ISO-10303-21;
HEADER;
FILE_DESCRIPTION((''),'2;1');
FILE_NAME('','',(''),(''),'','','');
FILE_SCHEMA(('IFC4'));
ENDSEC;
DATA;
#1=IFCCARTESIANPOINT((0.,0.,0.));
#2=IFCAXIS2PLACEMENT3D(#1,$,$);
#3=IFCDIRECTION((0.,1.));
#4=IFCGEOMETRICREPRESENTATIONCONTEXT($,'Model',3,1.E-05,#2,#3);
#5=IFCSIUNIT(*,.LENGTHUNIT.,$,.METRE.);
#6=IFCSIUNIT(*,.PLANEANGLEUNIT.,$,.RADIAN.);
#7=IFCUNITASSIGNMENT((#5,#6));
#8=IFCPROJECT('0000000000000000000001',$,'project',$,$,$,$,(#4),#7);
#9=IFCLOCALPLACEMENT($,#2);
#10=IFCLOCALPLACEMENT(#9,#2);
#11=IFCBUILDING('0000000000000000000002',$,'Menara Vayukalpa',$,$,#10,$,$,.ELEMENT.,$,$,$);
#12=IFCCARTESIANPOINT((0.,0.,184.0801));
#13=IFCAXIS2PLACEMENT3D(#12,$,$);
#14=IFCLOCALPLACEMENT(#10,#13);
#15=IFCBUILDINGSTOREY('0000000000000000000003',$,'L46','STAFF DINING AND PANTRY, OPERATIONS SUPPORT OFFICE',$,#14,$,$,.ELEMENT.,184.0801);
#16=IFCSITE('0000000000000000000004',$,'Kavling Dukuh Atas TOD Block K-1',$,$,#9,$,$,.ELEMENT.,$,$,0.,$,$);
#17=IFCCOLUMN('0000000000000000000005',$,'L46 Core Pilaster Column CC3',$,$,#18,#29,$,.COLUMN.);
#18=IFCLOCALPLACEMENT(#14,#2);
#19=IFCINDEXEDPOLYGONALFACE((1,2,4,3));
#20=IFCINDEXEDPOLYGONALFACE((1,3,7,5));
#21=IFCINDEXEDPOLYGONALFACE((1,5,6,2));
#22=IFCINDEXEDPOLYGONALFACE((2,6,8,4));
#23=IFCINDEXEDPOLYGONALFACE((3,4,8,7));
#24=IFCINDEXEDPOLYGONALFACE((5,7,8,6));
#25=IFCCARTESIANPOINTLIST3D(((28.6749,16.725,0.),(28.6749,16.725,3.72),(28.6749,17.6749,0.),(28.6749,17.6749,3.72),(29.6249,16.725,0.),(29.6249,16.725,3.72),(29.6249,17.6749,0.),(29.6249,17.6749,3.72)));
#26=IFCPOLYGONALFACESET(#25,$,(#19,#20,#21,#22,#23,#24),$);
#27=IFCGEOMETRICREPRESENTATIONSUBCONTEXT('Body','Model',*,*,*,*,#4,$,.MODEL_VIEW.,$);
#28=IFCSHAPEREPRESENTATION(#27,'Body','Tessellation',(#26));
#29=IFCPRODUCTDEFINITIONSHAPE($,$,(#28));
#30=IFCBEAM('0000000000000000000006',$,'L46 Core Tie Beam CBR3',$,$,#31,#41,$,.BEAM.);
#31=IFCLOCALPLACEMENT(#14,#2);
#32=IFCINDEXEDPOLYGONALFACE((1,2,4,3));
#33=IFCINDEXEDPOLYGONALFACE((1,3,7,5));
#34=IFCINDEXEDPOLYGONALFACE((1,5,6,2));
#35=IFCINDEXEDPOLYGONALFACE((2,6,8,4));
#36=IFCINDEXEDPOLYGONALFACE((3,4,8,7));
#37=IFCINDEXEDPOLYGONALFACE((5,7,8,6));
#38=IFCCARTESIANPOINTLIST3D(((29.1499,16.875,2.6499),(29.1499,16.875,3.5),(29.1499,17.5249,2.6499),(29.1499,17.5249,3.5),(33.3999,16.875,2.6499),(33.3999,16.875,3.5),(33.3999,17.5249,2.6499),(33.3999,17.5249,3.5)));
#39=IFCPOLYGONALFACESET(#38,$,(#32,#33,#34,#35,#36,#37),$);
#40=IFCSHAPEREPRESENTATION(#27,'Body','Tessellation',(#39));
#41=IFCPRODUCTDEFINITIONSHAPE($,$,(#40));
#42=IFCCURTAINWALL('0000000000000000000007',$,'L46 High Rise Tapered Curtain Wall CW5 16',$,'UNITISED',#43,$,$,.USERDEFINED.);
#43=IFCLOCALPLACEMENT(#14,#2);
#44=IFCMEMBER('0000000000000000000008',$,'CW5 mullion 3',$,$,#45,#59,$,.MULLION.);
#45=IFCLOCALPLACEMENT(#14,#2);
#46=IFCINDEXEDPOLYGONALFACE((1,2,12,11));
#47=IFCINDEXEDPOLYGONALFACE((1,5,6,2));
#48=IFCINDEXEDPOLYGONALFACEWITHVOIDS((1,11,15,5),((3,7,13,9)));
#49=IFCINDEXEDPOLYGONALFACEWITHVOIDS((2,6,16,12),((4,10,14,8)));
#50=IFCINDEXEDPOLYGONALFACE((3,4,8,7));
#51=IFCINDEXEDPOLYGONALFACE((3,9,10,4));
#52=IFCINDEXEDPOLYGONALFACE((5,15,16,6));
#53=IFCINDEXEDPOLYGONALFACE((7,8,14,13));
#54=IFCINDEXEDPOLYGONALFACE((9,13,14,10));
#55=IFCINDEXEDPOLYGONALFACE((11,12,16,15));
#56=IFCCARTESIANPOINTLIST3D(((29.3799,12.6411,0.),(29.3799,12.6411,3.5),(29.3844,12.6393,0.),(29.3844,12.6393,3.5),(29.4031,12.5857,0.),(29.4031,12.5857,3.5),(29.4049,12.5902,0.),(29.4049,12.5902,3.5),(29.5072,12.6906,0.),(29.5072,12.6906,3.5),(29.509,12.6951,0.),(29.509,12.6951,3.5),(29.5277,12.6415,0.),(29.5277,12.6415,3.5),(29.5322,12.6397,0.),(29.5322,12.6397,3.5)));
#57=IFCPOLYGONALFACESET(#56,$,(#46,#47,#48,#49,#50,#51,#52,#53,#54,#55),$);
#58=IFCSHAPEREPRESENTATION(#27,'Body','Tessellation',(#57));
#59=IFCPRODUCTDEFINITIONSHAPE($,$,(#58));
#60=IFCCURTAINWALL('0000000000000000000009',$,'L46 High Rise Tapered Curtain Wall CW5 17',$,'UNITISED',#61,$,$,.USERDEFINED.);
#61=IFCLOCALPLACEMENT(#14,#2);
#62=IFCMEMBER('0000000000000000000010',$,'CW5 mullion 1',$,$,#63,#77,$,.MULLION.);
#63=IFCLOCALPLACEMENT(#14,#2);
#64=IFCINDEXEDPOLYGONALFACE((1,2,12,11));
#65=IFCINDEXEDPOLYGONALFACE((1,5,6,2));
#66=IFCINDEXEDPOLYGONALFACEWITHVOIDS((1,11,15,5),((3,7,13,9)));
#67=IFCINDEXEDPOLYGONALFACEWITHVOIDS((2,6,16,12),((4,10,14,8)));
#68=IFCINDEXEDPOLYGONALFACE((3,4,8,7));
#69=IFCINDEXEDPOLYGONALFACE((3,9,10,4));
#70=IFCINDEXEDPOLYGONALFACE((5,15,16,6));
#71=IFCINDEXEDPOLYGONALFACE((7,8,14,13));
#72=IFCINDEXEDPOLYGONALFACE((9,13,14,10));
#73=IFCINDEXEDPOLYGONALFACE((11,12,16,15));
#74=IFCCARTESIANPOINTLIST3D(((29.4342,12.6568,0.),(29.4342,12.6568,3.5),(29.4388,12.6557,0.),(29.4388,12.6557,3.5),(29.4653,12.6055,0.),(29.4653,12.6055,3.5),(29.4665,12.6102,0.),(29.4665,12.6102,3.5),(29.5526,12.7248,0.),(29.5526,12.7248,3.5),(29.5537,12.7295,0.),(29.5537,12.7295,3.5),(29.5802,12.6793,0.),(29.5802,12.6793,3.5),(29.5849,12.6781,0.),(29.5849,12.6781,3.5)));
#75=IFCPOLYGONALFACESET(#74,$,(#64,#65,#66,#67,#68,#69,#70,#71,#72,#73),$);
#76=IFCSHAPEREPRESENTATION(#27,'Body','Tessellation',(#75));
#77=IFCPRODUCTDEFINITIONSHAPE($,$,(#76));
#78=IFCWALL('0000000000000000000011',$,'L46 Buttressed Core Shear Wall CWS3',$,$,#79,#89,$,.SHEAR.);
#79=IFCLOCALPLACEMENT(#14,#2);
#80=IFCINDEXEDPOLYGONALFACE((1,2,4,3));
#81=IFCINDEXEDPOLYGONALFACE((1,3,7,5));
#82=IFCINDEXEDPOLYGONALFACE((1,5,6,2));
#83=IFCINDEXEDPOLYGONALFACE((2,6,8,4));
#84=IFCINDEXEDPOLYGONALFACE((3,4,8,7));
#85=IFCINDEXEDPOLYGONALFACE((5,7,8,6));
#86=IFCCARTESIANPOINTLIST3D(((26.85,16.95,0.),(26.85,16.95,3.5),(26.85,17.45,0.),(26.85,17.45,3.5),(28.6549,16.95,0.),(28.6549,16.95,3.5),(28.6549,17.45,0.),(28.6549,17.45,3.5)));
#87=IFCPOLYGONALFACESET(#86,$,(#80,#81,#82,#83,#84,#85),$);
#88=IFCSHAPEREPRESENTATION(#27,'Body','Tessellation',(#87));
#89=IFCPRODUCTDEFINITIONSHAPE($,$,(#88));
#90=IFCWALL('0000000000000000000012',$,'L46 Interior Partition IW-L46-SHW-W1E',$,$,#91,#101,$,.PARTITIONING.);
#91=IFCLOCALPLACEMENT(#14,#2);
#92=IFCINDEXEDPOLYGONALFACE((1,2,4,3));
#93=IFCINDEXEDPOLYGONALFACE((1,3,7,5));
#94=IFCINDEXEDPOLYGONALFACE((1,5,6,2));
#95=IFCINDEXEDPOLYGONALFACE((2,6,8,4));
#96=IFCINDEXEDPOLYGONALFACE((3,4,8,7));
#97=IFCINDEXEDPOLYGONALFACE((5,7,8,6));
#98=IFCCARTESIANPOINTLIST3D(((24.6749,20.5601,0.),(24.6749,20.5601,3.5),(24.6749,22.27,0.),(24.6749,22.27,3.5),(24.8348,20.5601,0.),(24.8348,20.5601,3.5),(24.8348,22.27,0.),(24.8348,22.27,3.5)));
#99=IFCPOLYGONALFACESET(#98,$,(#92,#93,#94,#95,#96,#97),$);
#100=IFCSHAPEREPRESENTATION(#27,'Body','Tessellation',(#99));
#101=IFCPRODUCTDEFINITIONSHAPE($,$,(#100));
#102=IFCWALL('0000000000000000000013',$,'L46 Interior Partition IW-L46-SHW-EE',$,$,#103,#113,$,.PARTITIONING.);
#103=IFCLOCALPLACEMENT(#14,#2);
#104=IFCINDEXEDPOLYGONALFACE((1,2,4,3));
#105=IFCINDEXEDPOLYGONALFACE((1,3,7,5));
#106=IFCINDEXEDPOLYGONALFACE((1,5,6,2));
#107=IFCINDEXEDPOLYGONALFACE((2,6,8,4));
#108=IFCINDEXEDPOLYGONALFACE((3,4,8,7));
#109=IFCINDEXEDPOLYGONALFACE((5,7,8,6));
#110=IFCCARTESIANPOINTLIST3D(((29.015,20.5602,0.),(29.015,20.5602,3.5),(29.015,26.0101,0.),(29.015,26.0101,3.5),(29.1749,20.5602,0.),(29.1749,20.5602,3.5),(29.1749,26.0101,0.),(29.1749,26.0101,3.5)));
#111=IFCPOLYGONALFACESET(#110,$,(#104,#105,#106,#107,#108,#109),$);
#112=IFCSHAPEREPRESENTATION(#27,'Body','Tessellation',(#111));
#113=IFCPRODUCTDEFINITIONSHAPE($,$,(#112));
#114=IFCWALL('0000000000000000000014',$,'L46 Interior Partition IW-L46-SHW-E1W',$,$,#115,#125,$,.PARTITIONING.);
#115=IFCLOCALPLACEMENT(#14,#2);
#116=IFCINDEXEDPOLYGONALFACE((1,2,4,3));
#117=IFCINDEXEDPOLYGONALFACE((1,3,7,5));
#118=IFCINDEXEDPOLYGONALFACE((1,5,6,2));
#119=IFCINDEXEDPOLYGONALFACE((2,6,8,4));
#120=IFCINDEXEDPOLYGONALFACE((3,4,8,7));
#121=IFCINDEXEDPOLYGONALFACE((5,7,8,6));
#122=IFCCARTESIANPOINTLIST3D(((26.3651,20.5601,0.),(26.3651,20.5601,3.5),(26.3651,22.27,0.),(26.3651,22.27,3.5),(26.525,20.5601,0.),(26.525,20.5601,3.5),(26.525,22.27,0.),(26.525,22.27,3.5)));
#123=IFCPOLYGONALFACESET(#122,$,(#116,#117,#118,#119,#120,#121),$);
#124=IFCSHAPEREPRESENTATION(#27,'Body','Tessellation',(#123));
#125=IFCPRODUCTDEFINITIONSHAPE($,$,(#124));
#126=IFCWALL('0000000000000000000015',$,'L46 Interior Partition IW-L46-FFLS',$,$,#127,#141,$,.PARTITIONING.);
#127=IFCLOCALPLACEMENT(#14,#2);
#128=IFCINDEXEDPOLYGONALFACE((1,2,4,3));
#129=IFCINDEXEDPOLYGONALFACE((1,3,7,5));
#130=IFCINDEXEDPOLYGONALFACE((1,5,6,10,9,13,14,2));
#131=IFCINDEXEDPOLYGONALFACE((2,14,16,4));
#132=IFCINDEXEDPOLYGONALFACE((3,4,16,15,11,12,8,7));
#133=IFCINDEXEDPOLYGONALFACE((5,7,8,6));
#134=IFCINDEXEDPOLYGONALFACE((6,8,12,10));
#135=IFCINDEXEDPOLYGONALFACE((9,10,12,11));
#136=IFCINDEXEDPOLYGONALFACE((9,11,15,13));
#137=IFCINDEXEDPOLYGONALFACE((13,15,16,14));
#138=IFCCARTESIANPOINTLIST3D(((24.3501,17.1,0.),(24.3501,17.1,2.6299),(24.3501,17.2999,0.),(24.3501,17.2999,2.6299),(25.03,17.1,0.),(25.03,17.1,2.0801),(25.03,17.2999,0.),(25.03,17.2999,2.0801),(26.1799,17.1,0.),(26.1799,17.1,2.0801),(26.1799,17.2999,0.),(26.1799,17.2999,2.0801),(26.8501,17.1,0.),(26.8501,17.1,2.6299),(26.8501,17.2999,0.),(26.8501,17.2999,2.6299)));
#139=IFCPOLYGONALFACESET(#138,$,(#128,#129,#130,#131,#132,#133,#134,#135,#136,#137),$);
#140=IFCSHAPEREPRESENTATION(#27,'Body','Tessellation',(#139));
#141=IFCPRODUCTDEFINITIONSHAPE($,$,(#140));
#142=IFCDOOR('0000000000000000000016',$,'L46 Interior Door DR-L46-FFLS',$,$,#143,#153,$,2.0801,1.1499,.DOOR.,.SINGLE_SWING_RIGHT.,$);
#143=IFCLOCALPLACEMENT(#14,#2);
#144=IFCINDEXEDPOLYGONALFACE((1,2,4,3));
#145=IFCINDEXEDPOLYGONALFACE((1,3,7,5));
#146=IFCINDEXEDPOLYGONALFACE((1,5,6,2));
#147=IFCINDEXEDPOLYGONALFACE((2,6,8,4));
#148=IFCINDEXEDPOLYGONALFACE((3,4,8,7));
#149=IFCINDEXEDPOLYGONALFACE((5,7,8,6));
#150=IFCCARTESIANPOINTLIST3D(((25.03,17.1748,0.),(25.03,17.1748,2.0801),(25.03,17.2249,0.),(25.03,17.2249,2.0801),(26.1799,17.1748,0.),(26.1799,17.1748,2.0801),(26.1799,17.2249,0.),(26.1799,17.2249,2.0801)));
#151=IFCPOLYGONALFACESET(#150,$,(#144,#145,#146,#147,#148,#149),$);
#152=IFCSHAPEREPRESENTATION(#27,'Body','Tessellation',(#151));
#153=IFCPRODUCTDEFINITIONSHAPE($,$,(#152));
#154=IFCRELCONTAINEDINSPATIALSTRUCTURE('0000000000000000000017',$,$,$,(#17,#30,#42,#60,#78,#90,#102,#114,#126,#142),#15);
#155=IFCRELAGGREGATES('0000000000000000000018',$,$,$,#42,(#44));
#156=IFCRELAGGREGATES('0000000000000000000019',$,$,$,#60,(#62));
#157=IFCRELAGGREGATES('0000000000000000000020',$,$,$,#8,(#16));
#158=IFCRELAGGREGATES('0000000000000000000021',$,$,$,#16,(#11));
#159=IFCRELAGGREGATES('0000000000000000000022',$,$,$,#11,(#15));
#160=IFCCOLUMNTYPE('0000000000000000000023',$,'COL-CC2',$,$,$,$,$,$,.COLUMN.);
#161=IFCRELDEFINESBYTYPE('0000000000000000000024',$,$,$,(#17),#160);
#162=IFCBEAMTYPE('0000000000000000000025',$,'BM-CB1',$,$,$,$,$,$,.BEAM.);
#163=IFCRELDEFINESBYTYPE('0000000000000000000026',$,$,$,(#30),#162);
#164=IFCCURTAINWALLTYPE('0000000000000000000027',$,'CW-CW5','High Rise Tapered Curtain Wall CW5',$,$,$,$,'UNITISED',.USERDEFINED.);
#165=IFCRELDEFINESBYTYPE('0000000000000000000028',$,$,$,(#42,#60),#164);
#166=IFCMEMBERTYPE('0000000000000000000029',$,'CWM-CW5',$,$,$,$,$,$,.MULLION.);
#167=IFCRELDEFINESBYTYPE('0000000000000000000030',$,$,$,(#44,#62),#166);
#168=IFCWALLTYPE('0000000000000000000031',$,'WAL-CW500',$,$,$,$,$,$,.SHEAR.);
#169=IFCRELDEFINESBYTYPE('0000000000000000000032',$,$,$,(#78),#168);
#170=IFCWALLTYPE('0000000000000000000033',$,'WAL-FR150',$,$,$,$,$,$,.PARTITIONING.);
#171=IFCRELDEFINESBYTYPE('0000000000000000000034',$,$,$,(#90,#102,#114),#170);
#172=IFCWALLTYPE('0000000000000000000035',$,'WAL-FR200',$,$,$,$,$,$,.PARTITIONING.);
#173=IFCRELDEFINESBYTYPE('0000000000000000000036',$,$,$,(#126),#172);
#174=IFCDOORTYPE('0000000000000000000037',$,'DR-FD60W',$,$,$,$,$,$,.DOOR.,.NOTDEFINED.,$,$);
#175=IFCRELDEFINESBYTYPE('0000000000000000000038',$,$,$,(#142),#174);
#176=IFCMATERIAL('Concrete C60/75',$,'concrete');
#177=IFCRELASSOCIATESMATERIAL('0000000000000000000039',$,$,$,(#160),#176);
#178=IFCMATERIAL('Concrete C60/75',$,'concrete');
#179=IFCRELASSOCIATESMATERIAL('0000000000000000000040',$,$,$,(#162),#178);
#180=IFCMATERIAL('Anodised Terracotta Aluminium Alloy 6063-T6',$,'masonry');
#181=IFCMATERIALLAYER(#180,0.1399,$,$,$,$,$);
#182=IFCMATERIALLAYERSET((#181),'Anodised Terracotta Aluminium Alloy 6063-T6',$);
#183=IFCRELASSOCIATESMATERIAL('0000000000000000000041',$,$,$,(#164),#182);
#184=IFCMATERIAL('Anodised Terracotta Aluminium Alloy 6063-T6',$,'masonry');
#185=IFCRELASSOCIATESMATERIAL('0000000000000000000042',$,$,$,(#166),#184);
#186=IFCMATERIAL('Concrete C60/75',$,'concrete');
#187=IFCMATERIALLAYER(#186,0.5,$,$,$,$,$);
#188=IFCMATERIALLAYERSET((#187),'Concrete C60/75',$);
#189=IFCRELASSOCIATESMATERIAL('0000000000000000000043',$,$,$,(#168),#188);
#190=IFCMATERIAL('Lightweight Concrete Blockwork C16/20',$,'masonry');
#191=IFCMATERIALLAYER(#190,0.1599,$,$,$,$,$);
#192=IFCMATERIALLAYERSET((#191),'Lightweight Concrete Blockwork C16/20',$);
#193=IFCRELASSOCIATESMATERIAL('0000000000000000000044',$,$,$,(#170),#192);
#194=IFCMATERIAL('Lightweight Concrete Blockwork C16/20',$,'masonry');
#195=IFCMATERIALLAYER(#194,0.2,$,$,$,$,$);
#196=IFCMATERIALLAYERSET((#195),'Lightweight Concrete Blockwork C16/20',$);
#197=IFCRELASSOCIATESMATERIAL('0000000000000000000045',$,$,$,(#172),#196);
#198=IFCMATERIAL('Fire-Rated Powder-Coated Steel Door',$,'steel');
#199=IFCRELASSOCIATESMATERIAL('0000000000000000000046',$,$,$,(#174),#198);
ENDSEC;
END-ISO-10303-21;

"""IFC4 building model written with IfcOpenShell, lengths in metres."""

from ifc_helpers import new_model, si_unit, direction, frame, frame_2d, origin, origin_2d, place, context, subcontext, project, spatial, rectangle, hollow_rectangle, extrude, material, layer, layer_set, material_profile, profile_set, type_object, element, fill, aggregate, save


model = new_model("IFC4")

# Units and contexts
model_context = context("Model", 3, precision=1e-05, world=origin(), true_north=direction((0.0, 1.0)))
body_context = subcontext(model_context, "Body", "Model", "MODEL_VIEW")
ifc_project = project(units=[si_unit("LENGTHUNIT", "METRE"), si_unit("PLANEANGLEUNIT", "RADIAN")], contexts=[model_context])

# Site, building, storey
site_placement = place(None, origin())
site = spatial("IfcSite", under=ifc_project, at=site_placement, Name="Kavling Dukuh Atas TOD Block K-1", CompositionType="ELEMENT", RefElevation=0.0)
building_placement = place(site_placement, origin())
building = spatial("IfcBuilding", under=site, at=building_placement, Name="Menara Vayukalpa", CompositionType="ELEMENT")
storey_placement = place(building_placement, frame((0.0, 0.0, 184.0801)))
storey = spatial("IfcBuildingStorey", under=building, at=storey_placement, Name="L46", Description="STAFF DINING AND PANTRY, OPERATIONS SUPPORT OFFICE", CompositionType="ELEMENT", Elevation=184.0801)

# Column
ifc_material_1 = material(Name="Concrete C60/75", Category="concrete")
ifc_material_profile_1 = material_profile(ifc_material_1, rectangle(XDim=0.95, YDim=0.95, at=origin_2d()), Name="RC 950x950")
ifc_profile_set_1 = profile_set([ifc_material_profile_1], Name="Concrete C60/75")
column_type = type_object("IfcColumnType", Name="COL-CC2", PredefinedType="COLUMN", material=ifc_profile_set_1)
column_placement = place(storey_placement, frame((29.1499, 17.2, 0.0), z_axis=(0.0, 0.0, 1.0), x_axis=(1.0, 0.0, 0.0)))
element("IfcColumn", 1, at=column_placement, inside=storey, type_object=column_type, Name="L46 Core Pilaster Column CC3", PredefinedType="COLUMN", context=body_context, shape_type="SweptSolid", body=[
    extrude(rectangle(XDim=0.95, YDim=0.95, at=origin_2d()), origin(), (0.0, 0.0, 1.0), 3.72),
])

# Beam
ifc_material_2 = material(Name="Concrete C60/75", Category="concrete")
ifc_material_profile_2 = material_profile(ifc_material_2, rectangle(XDim=0.6499, YDim=0.8501, at=origin_2d()), Name="RC 650x850")
ifc_profile_set_2 = profile_set([ifc_material_profile_2], Name="Concrete C60/75")
beam_type = type_object("IfcBeamType", Name="BM-CB1", PredefinedType="BEAM", material=ifc_profile_set_2)
beam_placement = place(storey_placement, frame((29.1499, 17.2, 3.075), z_axis=(1.0, 0.0, 0.0), x_axis=(0.0, 1.0, 0.0)))
element("IfcBeam", 2, at=beam_placement, inside=storey, type_object=beam_type, Name="L46 Core Tie Beam CBR3", PredefinedType="BEAM", context=body_context, shape_type="SweptSolid", body=[
    extrude(rectangle(XDim=0.6499, YDim=0.8501, at=origin_2d()), origin(), (0.0, 0.0, 1.0), 4.25),
])

# Curtain walls, members
ifc_material_3 = material(Name="Anodised Terracotta Aluminium Alloy 6063-T6", Category="masonry")
ifc_layer_1 = layer(ifc_material_3, 0.1399)
ifc_layer_set_1 = layer_set([ifc_layer_1], Name="Anodised Terracotta Aluminium Alloy 6063-T6")
curtain_wall_type = type_object("IfcCurtainWallType", Name="CW-CW5", Description="High Rise Tapered Curtain Wall CW5", ElementType="UNITISED", PredefinedType="USERDEFINED", material=ifc_layer_set_1)
curtain_wall_1_placement = place(storey_placement, origin())
curtain_wall_1 = element("IfcCurtainWall", 3, at=curtain_wall_1_placement, inside=storey, type_object=curtain_wall_type, Name="L46 High Rise Tapered Curtain Wall CW5 16", ObjectType="UNITISED", PredefinedType="USERDEFINED")
ifc_material_4 = material(Name="Anodised Terracotta Aluminium Alloy 6063-T6", Category="masonry")
ifc_material_profile_3 = material_profile(ifc_material_4, hollow_rectangle(XDim=0.0601, YDim=0.1399, WallThickness=0.0034, at=origin_2d()), Name="ALU 60x140x3.5")
ifc_profile_set_3 = profile_set([ifc_material_profile_3], Name="Anodised Terracotta Aluminium Alloy 6063-T6")
member_type = type_object("IfcMemberType", Name="CWM-CW5", PredefinedType="MULLION", material=ifc_profile_set_3)
member_1_placement = place(storey_placement, frame((29.4561, 12.6404, 0.0), z_axis=(0.0, 0.0, 1.0), x_axis=(-0.385903, 0.922539, 0.0)))
member_1 = element("IfcMember", 4, at=member_1_placement, type_object=member_type, Name="CW5 mullion 3", PredefinedType="MULLION", context=body_context, shape_type="SweptSolid", body=[
    extrude(hollow_rectangle(XDim=0.0601, YDim=0.1399, WallThickness=0.0034, at=origin_2d()), origin(), (0.0, 0.0, 1.0), 3.5),
])
aggregate(curtain_wall_1, [member_1])
curtain_wall_2_placement = place(storey_placement, origin())
curtain_wall_2 = element("IfcCurtainWall", 5, at=curtain_wall_2_placement, inside=storey, type_object=curtain_wall_type, Name="L46 High Rise Tapered Curtain Wall CW5 17", ObjectType="UNITISED", PredefinedType="USERDEFINED")
member_2_placement = place(storey_placement, frame((29.5095, 12.6675, 0.0), z_axis=(0.0, 0.0, 1.0), x_axis=(-0.51918, 0.854665, 0.0)))
member_2 = element("IfcMember", 6, at=member_2_placement, type_object=member_type, Name="CW5 mullion 1", PredefinedType="MULLION", context=body_context, shape_type="SweptSolid", body=[
    extrude(hollow_rectangle(XDim=0.0601, YDim=0.1399, WallThickness=0.0034, at=origin_2d()), origin(), (0.0, 0.0, 1.0), 3.5),
])
aggregate(curtain_wall_2, [member_2])

# Walls
ifc_material_5 = material(Name="Concrete C60/75", Category="concrete")
ifc_layer_2 = layer(ifc_material_5, 0.5)
ifc_layer_set_2 = layer_set([ifc_layer_2], Name="Concrete C60/75")
wall_type_1 = type_object("IfcWallType", Name="WAL-CW500", PredefinedType="SHEAR", material=ifc_layer_set_2)
wall_1_placement = place(storey_placement, frame((26.8501, 17.2, 0.0), z_axis=(0.0, 0.0, 1.0), x_axis=(1.0, 0.0, 0.0)))
element("IfcWall", 7, at=wall_1_placement, inside=storey, type_object=wall_type_1, Name="L46 Buttressed Core Shear Wall CWS3", PredefinedType="SHEAR", context=body_context, shape_type="SweptSolid", body=[
    extrude(rectangle(XDim=1.8049, YDim=0.5, at=frame_2d((0.9023, 0.0))), origin(), (0.0, 0.0, 1.0), 3.5),
])
ifc_material_6 = material(Name="Lightweight Concrete Blockwork C16/20", Category="masonry")
ifc_layer_3 = layer(ifc_material_6, 0.1599)
ifc_layer_set_3 = layer_set([ifc_layer_3], Name="Lightweight Concrete Blockwork C16/20")
wall_type_2 = type_object("IfcWallType", Name="WAL-FR150", PredefinedType="PARTITIONING", material=ifc_layer_set_3)
wall_2_placement = place(storey_placement, frame((24.7549, 20.5601, 0.0), z_axis=(0.0, 0.0, 1.0), x_axis=(0.0, 1.0, 0.0)))
element("IfcWall", 8, at=wall_2_placement, inside=storey, type_object=wall_type_2, Name="L46 Interior Partition IW-L46-SHW-W1E", PredefinedType="PARTITIONING", context=body_context, shape_type="SweptSolid", body=[
    extrude(rectangle(XDim=1.71, YDim=0.1599, at=frame_2d((0.855, 0.0))), origin(), (0.0, 0.0, 1.0), 3.5),
])
wall_3_placement = place(storey_placement, frame((29.095, 20.5601, 0.0), z_axis=(0.0, 0.0, 1.0), x_axis=(0.0, 1.0, 0.0)))
element("IfcWall", 9, at=wall_3_placement, inside=storey, type_object=wall_type_2, Name="L46 Interior Partition IW-L46-SHW-EE", PredefinedType="PARTITIONING", context=body_context, shape_type="SweptSolid", body=[
    extrude(rectangle(XDim=5.45, YDim=0.1599, at=frame_2d((2.7251, 0.0))), origin(), (0.0, 0.0, 1.0), 3.5),
])
wall_4_placement = place(storey_placement, frame((26.4451, 20.5601, 0.0), z_axis=(0.0, 0.0, 1.0), x_axis=(0.0, 1.0, 0.0)))
element("IfcWall", 10, at=wall_4_placement, inside=storey, type_object=wall_type_2, Name="L46 Interior Partition IW-L46-SHW-E1W", PredefinedType="PARTITIONING", context=body_context, shape_type="SweptSolid", body=[
    extrude(rectangle(XDim=1.71, YDim=0.1599, at=frame_2d((0.855, 0.0))), origin(), (0.0, 0.0, 1.0), 3.5),
])

# Wall, opening, door
ifc_material_7 = material(Name="Lightweight Concrete Blockwork C16/20", Category="masonry")
ifc_layer_4 = layer(ifc_material_7, 0.2)
ifc_layer_set_4 = layer_set([ifc_layer_4], Name="Lightweight Concrete Blockwork C16/20")
wall_type_3 = type_object("IfcWallType", Name="WAL-FR200", PredefinedType="PARTITIONING", material=ifc_layer_set_4)
wall_5_placement = place(storey_placement, frame((24.3501, 17.2, 0.0), z_axis=(0.0, 0.0, 1.0), x_axis=(1.0, 0.0, 0.0)))
wall_5 = element("IfcWall", 11, at=wall_5_placement, inside=storey, type_object=wall_type_3, Name="L46 Interior Partition IW-L46-FFLS", PredefinedType="PARTITIONING", context=body_context, shape_type="SweptSolid", body=[
    extrude(rectangle(XDim=2.5, YDim=0.2, at=frame_2d((1.25, 0.0))), origin(), (0.0, 0.0, 1.0), 2.6299),
])
opening_1_placement = place(wall_5_placement, frame((0.6799, 0.0, 0.0)))
opening_1 = element("IfcOpeningElement", 12, at=opening_1_placement, cuts=wall_5, PredefinedType="OPENING", context=body_context, shape_type="SweptSolid", body=[
    extrude(rectangle(XDim=1.1499, YDim=2.0801, at=frame_2d((0.575, 1.04))), frame((0.0, 0.1099, 0.0), z_axis=(0.0, -1.0, 0.0), x_axis=(1.0, 0.0, 0.0)), (0.0, 0.0, 1.0), 0.22),
])
ifc_material_8 = material(Name="Fire-Rated Powder-Coated Steel Door", Category="steel")
door_type_1 = type_object("IfcDoorType", Name="DR-FD60W", OperationType="NOTDEFINED", PredefinedType="DOOR", material=ifc_material_8)
door_1_placement = place(opening_1_placement, origin())
door_1 = element("IfcDoor", 13, at=door_1_placement, inside=storey, type_object=door_type_1, Name="L46 Interior Door DR-L46-FFLS", OperationType="SINGLE_SWING_RIGHT", OverallHeight=2.0801, OverallWidth=1.1499, PredefinedType="DOOR", context=body_context, shape_type="SweptSolid", body=[
    extrude(rectangle(XDim=1.1499, YDim=2.0801, at=frame_2d((0.575, 1.04))), frame((0.0, 0.0249, 0.0), z_axis=(0.0, -1.0, 0.0), x_axis=(1.0, 0.0, 0.0)), (0.0, 0.0, 1.0), 0.05),
])
fill(opening_1, door_1)

save(model, "model.ifc")
